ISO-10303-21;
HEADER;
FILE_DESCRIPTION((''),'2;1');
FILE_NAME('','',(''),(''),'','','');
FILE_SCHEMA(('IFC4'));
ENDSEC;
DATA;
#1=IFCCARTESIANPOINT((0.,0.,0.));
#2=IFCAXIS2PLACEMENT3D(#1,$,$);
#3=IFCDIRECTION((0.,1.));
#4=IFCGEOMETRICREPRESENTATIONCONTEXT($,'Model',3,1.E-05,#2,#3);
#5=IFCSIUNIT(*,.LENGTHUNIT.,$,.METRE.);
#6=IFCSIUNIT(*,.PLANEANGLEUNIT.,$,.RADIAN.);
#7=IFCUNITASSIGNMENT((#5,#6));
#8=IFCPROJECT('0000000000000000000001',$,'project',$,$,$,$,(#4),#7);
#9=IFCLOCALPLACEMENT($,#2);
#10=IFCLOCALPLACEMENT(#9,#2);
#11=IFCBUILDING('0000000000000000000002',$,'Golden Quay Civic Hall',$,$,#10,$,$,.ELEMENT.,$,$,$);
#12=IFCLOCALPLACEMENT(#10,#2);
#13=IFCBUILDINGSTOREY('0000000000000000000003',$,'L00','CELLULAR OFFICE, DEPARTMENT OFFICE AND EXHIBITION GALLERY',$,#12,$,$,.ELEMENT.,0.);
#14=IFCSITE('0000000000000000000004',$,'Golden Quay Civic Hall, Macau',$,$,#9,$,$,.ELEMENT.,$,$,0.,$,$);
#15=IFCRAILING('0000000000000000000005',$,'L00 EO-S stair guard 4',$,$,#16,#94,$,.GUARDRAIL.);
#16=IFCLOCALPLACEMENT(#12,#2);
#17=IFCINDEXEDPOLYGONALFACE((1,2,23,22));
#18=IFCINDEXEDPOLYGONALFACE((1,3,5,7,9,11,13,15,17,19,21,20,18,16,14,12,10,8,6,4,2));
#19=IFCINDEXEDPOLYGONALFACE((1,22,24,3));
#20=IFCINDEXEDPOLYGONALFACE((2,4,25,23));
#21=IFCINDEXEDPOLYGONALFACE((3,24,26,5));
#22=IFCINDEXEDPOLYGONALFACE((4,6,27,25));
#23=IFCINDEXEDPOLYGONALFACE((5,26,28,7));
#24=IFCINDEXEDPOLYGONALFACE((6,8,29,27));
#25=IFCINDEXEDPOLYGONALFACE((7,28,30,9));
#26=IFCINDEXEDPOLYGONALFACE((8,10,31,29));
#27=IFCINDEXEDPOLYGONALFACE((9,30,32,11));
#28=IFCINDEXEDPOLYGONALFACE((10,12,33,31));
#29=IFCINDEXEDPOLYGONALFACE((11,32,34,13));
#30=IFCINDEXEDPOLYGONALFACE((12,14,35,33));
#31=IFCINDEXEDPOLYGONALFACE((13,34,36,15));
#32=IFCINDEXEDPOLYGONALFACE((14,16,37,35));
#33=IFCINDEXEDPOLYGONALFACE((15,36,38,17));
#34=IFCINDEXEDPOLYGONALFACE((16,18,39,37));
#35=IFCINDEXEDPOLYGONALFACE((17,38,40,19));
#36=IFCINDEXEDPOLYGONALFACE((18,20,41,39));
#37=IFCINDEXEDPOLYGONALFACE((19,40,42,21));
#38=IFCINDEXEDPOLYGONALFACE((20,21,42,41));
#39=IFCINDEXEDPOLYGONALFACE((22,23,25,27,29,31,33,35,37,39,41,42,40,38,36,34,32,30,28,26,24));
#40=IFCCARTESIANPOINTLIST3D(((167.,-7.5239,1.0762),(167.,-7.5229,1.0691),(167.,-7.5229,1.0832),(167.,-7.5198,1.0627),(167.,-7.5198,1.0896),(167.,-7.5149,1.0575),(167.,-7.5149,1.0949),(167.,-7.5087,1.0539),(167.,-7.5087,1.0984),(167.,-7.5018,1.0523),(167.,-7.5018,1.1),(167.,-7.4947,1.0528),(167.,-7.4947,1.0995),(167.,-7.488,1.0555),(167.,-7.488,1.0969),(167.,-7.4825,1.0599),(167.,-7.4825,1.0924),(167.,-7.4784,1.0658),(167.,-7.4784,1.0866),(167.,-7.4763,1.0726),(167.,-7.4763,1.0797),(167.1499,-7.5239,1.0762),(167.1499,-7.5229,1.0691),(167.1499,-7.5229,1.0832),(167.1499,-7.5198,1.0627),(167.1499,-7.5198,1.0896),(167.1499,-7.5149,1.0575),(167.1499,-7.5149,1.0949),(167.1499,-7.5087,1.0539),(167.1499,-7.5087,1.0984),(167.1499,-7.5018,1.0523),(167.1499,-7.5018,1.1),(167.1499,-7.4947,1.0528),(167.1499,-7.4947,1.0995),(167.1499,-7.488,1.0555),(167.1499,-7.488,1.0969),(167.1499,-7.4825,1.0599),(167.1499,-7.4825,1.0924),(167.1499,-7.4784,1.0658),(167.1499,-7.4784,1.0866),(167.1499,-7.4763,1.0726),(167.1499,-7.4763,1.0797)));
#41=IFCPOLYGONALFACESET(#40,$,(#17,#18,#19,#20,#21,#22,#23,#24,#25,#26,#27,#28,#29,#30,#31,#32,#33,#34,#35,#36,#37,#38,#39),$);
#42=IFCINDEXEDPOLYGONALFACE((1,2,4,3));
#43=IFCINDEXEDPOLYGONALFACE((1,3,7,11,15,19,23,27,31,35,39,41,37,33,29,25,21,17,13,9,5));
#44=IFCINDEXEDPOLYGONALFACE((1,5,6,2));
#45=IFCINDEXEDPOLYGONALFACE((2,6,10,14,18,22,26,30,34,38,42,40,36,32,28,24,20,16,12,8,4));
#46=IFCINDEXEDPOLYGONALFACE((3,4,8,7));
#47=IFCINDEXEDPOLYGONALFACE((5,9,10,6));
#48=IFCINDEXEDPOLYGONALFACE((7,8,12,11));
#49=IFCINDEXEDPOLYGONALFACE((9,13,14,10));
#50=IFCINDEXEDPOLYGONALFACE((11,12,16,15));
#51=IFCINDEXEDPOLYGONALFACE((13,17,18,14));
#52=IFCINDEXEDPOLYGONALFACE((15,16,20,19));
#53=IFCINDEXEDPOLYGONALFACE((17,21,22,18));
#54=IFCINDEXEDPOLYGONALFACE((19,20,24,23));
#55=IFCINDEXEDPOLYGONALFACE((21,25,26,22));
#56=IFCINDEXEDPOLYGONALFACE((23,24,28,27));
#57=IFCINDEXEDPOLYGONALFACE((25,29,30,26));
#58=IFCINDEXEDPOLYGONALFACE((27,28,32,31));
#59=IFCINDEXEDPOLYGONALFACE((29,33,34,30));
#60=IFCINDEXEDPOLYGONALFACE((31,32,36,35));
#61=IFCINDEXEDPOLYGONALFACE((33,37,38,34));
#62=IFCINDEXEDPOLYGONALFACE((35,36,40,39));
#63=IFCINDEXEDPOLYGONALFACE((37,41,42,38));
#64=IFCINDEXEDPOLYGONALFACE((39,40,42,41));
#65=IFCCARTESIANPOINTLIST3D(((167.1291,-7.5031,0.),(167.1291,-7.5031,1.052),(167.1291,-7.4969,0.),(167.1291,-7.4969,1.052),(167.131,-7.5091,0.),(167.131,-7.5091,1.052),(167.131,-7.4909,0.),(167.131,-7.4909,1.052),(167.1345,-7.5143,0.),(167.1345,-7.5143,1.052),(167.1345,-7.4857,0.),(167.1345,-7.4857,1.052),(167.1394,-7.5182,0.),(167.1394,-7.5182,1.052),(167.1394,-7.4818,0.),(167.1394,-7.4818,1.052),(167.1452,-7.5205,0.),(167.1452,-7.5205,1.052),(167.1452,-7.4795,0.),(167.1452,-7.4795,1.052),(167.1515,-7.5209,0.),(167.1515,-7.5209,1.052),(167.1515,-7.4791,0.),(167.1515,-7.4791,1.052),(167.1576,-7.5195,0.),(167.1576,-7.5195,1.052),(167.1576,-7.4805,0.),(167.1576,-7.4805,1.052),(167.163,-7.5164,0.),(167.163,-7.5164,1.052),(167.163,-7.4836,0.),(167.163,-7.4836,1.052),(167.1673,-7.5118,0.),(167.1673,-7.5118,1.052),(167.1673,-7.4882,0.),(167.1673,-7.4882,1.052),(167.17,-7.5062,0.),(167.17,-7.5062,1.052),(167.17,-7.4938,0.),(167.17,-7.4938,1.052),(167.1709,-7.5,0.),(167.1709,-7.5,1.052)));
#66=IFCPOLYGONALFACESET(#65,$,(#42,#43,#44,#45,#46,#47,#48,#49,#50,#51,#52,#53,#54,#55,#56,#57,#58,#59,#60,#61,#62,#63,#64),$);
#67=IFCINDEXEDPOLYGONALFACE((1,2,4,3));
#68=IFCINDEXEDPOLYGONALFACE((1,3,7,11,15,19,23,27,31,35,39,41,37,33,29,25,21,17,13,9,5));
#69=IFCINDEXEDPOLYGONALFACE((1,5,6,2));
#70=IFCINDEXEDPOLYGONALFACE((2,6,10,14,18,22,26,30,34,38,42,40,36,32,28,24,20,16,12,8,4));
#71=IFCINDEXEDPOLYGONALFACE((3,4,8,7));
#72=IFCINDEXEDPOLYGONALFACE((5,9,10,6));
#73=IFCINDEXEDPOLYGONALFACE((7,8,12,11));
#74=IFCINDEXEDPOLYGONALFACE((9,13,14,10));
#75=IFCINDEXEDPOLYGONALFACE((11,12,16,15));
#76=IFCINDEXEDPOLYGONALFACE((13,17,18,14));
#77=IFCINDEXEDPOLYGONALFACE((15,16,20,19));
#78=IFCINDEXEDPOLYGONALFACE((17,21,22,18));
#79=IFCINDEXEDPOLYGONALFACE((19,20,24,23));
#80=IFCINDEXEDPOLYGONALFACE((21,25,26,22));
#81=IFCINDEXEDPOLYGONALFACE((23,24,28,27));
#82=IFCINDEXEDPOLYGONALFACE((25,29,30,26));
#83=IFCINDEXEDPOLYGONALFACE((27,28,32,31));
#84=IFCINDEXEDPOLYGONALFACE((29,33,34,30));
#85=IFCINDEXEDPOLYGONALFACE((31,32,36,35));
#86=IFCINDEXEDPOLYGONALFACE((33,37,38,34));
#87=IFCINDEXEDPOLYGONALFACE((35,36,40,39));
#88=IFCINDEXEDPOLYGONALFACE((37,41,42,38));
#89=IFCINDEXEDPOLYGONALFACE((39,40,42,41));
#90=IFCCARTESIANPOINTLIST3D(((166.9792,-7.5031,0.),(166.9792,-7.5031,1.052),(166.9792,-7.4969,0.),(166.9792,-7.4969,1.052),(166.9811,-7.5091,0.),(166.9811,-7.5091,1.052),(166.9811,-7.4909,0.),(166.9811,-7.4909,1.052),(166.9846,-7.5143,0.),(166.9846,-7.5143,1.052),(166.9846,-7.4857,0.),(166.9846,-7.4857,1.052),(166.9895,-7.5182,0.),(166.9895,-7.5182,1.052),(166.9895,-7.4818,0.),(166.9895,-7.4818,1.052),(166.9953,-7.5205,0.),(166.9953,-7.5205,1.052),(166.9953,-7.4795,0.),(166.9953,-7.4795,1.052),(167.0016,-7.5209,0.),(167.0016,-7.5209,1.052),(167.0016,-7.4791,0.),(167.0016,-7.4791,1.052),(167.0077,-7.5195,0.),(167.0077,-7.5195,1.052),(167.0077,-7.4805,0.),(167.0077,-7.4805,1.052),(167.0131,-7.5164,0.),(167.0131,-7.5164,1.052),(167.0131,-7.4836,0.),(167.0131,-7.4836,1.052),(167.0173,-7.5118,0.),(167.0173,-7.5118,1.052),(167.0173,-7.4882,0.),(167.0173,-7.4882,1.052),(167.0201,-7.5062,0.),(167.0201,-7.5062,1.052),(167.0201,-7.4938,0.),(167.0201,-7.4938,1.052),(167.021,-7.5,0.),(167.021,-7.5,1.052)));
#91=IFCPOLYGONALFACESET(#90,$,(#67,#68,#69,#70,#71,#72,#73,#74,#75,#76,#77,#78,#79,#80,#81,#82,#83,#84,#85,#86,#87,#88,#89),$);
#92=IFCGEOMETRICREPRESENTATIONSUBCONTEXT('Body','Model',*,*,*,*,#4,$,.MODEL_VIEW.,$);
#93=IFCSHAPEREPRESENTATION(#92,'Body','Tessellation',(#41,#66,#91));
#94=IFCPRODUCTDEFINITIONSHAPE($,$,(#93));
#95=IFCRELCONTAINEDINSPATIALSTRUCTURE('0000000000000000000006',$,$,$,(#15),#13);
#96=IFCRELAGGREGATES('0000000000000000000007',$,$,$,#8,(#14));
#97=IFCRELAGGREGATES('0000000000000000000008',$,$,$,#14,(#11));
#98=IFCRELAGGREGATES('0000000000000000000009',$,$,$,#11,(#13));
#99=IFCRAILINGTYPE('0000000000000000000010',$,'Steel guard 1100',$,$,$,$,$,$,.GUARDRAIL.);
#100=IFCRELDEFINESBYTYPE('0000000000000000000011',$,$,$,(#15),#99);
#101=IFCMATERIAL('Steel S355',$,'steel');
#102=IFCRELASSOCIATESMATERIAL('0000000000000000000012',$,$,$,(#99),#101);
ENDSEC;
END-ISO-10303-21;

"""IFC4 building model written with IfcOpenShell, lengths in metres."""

from ifc_helpers import new_model, si_unit, direction, frame, origin, origin_2d, place, context, subcontext, project, spatial, circle, extrude, material, type_object, element, save


model = new_model("IFC4")

# Units and contexts
model_context = context("Model", 3, precision=1e-05, world=origin(), true_north=direction((0.0, 1.0)))
body_context = subcontext(model_context, "Body", "Model", "MODEL_VIEW")
ifc_project = project(units=[si_unit("LENGTHUNIT", "METRE"), si_unit("PLANEANGLEUNIT", "RADIAN")], contexts=[model_context])

# Site, building, storey
site_placement = place(None, origin())
site = spatial("IfcSite", under=ifc_project, at=site_placement, Name="Golden Quay Civic Hall, Macau", CompositionType="ELEMENT", RefElevation=0.0)
building_placement = place(site_placement, origin())
building = spatial("IfcBuilding", under=site, at=building_placement, Name="Golden Quay Civic Hall", CompositionType="ELEMENT")
storey_placement = place(building_placement, origin())
storey = spatial("IfcBuildingStorey", under=building, at=storey_placement, Name="L00", Description="CELLULAR OFFICE, DEPARTMENT OFFICE AND EXHIBITION GALLERY", CompositionType="ELEMENT", Elevation=0.0)

# Railing
ifc_material_1 = material(Name="Steel S355", Category="steel")
railing_type_1 = type_object("IfcRailingType", Name="Steel guard 1100", PredefinedType="GUARDRAIL", material=ifc_material_1)
railing_1_placement = place(storey_placement, frame((167.1499, -7.5, 0.0)))
element("IfcRailing", 1, at=railing_1_placement, inside=storey, type_object=railing_type_1, Name="L00 EO-S stair guard 4", PredefinedType="GUARDRAIL", context=body_context, shape_type="SweptSolid", body=[
    extrude(circle(Radius=0.0239, at=origin_2d()), frame((0.0, 0.0, 1.0762), z_axis=(-1.0, 0.0, 0.0), x_axis=(0.0, -1.0, 0.0)), (0.0, 0.0, 1.0), 0.1499),
    extrude(circle(Radius=0.021, at=origin_2d()), origin(), (0.0, 0.0, 1.0), 1.052),
    extrude(circle(Radius=0.021, at=origin_2d()), frame((-0.1499, 0.0, 0.0)), (0.0, 0.0, 1.0), 1.052),
])

save(model, "model.ifc")
